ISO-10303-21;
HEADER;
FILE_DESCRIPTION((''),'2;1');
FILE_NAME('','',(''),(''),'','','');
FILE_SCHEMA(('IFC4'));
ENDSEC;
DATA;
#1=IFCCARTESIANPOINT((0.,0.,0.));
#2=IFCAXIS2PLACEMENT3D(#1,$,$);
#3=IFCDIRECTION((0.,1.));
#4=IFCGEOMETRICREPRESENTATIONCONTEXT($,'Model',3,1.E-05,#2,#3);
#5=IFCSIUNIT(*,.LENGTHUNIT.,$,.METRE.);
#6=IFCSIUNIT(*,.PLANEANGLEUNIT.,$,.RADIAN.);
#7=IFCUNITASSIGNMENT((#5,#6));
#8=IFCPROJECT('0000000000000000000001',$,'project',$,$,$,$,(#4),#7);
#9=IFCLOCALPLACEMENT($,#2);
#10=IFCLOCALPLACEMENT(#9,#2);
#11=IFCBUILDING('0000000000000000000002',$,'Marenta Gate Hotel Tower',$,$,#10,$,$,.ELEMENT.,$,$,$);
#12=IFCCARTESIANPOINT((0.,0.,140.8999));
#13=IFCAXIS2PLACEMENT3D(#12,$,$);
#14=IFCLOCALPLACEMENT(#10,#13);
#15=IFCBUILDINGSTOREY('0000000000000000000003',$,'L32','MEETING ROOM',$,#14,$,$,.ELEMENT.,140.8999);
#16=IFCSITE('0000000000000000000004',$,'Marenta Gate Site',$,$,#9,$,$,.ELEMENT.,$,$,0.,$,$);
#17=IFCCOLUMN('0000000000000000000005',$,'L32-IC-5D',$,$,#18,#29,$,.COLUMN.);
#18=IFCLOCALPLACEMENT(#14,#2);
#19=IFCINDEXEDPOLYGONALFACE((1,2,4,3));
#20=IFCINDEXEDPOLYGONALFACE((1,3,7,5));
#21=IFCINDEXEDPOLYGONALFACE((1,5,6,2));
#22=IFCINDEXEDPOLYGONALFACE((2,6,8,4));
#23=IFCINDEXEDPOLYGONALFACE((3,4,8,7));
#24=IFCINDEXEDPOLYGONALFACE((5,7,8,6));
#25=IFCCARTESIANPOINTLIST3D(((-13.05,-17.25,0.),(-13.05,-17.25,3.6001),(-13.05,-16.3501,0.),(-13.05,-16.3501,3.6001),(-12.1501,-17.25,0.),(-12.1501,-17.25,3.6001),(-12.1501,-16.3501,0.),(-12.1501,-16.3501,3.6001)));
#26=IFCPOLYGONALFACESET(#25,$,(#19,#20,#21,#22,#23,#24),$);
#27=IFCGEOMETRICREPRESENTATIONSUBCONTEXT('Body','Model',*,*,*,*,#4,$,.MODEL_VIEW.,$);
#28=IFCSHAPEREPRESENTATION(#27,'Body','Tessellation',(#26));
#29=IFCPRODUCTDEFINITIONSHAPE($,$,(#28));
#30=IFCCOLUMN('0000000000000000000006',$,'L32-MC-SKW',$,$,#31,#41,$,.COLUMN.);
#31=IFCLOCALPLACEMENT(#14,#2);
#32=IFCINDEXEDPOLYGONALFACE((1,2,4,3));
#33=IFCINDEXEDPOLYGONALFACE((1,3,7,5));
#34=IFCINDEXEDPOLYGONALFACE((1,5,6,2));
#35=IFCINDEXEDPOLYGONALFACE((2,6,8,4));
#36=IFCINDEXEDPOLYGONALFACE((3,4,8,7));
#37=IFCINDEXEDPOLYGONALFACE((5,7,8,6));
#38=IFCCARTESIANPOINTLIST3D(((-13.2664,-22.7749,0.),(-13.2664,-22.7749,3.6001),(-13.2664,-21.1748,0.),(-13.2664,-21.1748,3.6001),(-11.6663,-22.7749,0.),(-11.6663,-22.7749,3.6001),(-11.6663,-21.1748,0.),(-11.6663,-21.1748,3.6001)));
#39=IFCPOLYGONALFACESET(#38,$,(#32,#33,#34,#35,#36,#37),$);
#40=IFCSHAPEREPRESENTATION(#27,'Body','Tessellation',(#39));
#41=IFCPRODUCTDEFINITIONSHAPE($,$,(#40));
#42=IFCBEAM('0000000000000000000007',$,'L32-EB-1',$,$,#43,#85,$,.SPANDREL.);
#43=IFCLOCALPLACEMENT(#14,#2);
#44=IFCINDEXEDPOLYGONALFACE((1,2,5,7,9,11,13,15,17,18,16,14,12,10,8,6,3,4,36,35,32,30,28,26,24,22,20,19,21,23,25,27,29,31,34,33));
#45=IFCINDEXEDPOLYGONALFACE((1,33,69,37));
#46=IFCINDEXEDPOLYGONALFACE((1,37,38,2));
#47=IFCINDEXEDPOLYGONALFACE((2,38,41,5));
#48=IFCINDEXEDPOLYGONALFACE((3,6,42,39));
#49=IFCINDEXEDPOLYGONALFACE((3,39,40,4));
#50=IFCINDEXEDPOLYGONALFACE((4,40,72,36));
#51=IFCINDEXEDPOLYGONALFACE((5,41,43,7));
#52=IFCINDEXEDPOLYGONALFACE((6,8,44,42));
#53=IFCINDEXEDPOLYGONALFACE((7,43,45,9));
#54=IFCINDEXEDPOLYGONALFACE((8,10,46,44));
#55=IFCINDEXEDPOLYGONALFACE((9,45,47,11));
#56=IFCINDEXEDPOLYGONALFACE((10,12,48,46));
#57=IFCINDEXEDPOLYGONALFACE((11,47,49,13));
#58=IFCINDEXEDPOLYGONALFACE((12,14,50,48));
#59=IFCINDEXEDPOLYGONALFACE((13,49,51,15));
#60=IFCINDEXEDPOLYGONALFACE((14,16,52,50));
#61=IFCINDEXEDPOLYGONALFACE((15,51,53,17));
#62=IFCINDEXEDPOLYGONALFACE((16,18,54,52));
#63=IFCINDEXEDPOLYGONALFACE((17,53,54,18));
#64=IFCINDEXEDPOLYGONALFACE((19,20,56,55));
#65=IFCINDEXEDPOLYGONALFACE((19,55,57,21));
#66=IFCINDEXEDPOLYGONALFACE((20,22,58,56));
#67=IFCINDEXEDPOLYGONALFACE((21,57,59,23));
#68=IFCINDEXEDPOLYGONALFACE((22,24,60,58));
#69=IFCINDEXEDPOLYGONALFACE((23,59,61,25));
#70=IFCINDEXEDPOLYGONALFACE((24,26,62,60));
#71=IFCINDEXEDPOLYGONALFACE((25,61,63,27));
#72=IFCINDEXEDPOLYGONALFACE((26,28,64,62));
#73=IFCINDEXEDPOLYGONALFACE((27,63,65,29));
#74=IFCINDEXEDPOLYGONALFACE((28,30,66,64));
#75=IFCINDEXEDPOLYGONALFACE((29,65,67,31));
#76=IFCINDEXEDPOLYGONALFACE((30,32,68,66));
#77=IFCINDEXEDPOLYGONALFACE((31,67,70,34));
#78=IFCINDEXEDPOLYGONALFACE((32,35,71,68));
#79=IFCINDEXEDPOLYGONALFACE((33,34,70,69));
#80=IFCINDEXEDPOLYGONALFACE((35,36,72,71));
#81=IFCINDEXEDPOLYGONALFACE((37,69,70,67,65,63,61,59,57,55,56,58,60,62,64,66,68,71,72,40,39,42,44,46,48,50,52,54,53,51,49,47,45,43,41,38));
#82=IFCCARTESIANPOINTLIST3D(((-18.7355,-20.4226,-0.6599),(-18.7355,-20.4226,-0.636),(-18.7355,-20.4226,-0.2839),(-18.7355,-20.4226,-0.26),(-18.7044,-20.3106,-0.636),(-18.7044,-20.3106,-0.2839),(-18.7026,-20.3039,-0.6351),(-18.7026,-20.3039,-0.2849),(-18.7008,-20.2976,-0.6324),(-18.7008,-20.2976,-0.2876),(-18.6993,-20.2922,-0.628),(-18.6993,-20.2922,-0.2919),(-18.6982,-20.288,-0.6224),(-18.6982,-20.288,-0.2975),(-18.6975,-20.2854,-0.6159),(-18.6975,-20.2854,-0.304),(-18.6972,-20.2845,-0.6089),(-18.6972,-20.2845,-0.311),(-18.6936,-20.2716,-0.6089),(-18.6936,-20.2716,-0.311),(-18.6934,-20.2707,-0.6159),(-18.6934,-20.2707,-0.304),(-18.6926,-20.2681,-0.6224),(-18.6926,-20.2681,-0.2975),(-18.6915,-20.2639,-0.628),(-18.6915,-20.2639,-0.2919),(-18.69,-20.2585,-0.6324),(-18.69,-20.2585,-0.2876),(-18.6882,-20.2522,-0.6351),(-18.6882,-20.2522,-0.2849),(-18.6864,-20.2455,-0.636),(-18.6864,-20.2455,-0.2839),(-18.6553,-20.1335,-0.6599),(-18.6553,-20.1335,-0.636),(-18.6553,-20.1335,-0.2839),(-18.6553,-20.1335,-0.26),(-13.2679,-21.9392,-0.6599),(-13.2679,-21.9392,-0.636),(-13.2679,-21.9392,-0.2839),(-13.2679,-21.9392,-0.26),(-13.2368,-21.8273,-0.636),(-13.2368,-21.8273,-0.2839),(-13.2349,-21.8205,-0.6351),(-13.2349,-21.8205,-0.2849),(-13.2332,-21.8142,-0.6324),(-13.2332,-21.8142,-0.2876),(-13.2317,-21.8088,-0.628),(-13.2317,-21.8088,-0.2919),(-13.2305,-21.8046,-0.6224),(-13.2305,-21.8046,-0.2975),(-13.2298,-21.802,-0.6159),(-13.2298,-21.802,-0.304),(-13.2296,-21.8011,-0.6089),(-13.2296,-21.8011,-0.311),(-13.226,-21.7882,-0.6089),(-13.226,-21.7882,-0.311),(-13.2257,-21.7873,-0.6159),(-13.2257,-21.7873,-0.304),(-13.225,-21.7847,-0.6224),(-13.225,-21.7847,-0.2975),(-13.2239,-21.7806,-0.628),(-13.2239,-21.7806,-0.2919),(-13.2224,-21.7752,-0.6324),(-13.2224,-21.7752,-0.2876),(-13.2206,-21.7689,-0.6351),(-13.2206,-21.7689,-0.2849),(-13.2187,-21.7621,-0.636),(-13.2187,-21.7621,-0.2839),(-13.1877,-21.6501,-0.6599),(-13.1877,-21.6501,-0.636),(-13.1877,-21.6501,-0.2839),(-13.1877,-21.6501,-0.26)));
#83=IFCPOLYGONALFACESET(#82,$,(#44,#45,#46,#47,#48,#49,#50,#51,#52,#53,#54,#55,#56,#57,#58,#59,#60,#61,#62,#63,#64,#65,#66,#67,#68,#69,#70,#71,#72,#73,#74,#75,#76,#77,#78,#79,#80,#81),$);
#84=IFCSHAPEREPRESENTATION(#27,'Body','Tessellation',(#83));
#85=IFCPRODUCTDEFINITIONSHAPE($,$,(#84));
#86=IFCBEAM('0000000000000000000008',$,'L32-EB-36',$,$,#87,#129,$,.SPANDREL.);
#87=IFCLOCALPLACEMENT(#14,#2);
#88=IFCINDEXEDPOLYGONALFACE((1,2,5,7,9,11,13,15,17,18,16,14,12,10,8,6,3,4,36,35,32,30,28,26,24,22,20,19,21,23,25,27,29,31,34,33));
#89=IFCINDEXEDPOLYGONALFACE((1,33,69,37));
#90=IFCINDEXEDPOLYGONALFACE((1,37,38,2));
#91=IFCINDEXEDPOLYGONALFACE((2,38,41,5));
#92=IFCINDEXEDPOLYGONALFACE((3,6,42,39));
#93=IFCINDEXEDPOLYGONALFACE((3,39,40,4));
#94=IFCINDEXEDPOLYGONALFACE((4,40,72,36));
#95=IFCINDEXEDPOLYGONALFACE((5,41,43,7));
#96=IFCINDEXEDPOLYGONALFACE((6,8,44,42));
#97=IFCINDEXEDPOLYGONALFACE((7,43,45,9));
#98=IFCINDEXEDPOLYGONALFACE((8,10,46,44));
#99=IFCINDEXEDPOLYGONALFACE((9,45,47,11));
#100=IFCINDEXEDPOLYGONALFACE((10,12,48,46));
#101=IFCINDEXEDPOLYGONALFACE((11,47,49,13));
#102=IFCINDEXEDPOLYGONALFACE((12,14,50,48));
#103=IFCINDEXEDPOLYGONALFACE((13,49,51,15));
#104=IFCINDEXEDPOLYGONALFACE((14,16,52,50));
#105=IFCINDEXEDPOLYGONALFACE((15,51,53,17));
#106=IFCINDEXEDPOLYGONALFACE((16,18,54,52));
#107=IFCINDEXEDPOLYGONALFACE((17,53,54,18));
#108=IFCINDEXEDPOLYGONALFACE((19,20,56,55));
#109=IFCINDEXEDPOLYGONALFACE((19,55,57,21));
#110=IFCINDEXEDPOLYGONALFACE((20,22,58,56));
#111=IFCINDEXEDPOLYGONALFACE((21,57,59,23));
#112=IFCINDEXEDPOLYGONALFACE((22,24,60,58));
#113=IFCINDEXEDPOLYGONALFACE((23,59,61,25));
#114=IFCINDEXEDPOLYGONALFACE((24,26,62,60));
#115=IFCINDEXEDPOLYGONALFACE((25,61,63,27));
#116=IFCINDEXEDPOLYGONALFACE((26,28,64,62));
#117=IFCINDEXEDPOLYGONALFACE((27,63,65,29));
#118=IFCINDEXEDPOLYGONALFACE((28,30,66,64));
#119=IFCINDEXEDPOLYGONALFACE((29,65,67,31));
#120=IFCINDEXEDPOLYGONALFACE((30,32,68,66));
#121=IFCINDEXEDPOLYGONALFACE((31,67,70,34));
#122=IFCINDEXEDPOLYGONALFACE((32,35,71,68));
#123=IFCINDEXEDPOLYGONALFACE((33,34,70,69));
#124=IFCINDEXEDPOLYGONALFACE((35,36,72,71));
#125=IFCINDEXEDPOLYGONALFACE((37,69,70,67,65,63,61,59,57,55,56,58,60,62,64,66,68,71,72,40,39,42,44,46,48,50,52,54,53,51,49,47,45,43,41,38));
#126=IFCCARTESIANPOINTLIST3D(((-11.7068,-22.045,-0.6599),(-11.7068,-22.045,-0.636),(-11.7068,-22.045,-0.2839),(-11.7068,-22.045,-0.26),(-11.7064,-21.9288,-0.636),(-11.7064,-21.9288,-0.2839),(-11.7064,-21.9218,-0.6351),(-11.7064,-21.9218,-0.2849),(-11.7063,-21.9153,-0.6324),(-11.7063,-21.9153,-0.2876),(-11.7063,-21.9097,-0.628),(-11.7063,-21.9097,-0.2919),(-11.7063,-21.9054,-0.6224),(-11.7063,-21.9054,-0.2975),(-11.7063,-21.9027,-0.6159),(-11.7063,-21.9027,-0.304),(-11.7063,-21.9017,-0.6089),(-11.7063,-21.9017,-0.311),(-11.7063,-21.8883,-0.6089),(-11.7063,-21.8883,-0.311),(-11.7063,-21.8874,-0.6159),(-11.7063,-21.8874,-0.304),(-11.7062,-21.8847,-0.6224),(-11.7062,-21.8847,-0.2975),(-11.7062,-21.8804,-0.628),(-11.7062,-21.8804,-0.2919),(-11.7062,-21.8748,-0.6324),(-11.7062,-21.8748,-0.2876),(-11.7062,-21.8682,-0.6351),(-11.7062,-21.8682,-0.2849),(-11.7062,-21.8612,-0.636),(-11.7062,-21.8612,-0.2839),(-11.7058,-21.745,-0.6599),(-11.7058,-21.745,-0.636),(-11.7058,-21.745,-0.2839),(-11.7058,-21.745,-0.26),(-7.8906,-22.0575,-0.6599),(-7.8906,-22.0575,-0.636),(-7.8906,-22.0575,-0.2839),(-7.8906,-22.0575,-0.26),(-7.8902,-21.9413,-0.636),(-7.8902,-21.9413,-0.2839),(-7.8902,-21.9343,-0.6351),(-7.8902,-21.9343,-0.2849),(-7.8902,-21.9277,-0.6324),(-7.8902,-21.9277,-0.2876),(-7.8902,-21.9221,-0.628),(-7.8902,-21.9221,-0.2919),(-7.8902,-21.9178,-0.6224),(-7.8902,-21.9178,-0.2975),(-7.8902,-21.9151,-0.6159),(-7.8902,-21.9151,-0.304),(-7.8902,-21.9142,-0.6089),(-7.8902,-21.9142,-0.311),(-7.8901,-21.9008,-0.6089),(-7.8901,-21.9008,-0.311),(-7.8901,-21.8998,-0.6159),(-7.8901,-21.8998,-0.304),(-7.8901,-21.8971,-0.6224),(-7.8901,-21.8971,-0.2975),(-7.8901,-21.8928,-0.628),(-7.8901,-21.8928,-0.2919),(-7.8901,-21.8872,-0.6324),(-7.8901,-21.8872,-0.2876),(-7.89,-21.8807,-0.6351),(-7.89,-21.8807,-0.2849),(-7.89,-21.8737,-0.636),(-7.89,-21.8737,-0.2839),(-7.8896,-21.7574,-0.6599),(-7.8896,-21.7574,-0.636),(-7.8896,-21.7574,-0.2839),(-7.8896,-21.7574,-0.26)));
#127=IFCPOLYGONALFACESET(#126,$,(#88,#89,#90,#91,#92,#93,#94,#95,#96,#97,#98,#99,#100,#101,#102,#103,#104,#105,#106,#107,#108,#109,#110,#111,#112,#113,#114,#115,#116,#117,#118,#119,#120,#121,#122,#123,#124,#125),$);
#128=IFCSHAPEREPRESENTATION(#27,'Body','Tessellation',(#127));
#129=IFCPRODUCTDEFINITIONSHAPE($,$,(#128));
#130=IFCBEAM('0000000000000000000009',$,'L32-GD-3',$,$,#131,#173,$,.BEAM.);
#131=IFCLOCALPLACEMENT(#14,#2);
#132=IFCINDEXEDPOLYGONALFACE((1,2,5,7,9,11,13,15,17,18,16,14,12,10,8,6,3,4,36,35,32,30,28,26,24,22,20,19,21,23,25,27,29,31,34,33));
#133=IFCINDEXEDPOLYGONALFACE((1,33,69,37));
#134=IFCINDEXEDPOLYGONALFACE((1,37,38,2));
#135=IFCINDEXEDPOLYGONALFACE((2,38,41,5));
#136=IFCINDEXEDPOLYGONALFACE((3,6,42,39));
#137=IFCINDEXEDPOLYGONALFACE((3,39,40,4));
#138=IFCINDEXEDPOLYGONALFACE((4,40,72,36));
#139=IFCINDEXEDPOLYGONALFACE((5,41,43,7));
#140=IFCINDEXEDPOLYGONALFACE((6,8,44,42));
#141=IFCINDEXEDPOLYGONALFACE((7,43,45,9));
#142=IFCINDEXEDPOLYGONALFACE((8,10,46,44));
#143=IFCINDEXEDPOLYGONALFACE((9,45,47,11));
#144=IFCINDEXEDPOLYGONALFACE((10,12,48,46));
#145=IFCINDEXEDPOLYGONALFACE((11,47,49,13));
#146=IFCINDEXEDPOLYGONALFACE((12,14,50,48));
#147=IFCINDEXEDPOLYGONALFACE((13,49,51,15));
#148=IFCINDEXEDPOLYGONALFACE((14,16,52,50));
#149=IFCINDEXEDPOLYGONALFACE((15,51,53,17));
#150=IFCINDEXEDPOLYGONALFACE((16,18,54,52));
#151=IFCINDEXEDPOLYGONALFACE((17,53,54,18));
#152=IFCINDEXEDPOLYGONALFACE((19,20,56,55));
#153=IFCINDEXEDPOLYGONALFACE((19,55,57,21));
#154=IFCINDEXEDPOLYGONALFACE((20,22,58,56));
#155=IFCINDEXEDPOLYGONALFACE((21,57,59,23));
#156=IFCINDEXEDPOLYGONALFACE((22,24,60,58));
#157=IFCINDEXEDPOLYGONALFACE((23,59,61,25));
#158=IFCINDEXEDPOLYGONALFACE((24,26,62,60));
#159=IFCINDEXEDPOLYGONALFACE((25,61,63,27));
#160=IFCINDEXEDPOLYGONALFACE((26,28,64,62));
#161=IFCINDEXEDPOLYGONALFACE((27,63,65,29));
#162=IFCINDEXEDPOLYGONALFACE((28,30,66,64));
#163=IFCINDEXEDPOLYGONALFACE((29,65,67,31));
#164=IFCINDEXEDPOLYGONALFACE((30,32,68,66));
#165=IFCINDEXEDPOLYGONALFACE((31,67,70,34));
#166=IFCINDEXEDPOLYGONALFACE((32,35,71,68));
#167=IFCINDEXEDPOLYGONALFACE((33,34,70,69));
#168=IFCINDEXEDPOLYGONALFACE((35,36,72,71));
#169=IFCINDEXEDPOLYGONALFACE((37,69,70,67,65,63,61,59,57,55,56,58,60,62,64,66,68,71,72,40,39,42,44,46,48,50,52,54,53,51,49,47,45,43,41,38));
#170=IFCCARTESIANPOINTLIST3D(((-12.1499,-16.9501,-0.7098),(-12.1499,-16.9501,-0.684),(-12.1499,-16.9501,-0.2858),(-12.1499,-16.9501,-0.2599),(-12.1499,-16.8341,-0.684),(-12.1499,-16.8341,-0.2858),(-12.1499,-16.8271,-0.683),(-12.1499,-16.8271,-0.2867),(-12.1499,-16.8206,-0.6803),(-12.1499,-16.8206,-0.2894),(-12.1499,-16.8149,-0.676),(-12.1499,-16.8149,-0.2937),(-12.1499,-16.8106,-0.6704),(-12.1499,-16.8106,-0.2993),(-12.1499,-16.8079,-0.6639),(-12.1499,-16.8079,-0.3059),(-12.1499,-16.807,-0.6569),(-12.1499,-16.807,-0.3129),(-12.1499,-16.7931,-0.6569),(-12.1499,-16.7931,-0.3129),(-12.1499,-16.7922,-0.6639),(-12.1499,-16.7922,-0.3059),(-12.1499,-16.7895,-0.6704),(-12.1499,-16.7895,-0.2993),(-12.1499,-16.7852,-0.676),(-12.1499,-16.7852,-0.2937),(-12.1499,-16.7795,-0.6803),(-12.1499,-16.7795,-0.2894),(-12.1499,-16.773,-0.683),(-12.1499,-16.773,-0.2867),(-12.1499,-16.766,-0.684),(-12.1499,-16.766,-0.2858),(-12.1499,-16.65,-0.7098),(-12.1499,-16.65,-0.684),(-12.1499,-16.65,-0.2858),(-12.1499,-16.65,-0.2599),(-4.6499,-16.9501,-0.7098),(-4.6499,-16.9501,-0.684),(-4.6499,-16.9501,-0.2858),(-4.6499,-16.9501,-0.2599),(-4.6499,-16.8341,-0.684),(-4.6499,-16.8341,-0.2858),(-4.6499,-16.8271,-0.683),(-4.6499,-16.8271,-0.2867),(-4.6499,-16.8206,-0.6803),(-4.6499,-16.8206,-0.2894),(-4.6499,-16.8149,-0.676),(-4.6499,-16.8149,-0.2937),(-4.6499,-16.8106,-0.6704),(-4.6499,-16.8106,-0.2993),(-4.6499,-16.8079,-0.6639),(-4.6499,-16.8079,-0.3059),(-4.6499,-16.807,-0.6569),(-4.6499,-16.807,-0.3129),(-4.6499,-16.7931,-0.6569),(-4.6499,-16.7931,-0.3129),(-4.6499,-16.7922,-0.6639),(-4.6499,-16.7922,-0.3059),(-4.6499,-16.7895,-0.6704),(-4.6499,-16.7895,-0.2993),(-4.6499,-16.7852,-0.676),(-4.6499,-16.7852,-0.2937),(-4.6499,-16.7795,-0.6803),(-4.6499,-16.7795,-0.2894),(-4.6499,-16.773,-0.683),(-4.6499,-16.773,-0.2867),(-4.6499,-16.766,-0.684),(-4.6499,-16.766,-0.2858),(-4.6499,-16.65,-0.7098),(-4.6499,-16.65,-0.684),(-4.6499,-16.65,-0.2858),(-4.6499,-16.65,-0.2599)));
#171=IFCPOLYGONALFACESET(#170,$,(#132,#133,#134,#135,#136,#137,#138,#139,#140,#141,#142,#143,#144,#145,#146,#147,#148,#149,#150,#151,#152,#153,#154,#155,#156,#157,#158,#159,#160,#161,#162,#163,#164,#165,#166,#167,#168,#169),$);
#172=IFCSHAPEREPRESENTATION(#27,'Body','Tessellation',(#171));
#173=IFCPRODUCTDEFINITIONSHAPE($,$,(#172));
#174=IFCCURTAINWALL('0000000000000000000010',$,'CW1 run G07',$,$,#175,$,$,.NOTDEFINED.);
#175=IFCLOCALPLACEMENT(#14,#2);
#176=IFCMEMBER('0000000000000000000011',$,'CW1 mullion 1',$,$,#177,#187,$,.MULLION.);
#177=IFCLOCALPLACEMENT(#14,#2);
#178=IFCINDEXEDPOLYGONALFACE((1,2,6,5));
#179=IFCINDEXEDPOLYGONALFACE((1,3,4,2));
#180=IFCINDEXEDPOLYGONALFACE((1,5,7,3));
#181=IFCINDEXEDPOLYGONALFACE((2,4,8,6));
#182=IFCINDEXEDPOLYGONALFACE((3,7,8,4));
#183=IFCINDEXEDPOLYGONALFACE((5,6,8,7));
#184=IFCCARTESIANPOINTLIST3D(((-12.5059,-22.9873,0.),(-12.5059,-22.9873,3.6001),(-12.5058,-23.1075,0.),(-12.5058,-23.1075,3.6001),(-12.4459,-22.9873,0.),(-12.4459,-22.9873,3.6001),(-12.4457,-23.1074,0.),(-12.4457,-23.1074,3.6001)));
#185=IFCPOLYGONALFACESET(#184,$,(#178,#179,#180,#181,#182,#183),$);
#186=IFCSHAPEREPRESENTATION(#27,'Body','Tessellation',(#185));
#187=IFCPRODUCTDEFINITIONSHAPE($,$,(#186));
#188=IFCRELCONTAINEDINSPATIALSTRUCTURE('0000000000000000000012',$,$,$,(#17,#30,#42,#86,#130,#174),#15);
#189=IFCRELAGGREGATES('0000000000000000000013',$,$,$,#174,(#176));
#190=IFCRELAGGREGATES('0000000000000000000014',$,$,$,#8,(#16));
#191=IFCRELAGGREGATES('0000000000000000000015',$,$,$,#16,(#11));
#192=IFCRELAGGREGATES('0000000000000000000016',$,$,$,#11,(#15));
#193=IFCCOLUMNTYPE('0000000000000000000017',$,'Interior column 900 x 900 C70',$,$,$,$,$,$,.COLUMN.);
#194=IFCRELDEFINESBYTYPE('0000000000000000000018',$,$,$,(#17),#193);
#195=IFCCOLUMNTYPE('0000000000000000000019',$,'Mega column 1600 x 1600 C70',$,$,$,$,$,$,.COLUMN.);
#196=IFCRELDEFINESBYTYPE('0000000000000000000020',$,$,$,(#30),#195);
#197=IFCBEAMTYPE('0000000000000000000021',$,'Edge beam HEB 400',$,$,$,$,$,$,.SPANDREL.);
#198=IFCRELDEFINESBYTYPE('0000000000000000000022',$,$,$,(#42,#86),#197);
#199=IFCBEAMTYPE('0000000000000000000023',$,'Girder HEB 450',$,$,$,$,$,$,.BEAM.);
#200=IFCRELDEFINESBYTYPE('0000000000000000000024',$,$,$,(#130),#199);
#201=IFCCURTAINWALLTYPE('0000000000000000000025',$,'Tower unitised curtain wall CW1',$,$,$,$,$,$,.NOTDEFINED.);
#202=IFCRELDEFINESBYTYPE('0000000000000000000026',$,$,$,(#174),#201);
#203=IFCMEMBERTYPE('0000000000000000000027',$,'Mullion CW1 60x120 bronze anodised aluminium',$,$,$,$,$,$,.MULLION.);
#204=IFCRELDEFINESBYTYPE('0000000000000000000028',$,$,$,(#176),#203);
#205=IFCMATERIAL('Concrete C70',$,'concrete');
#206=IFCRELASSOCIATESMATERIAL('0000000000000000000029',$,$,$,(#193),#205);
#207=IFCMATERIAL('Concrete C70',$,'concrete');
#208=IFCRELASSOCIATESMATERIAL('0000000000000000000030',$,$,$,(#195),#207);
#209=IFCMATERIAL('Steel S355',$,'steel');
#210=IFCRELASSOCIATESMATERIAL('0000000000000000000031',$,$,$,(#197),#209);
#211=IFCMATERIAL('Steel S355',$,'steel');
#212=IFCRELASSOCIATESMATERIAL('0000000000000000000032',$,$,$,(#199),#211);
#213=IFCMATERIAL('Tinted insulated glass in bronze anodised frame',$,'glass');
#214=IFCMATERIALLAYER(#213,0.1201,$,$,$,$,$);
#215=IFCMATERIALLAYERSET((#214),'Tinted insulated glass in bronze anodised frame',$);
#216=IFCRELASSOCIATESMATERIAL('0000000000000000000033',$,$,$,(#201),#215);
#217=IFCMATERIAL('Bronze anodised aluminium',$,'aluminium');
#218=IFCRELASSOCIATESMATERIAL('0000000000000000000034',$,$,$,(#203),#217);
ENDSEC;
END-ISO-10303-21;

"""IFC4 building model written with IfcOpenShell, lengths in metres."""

from ifc_helpers import new_model, si_unit, direction, frame, origin, origin_2d, place, context, subcontext, project, spatial, rectangle, i_section, extrude, material, layer, layer_set, material_profile, profile_set, type_object, element, aggregate, save


model = new_model("IFC4")

# Units and contexts
model_context = context("Model", 3, precision=1e-05, world=origin(), true_north=direction((0.0, 1.0)))
body_context = subcontext(model_context, "Body", "Model", "MODEL_VIEW")
ifc_project = project(units=[si_unit("LENGTHUNIT", "METRE"), si_unit("PLANEANGLEUNIT", "RADIAN")], contexts=[model_context])

# Site, building, storey
site_placement = place(None, origin())
site = spatial("IfcSite", under=ifc_project, at=site_placement, Name="Marenta Gate Site", CompositionType="ELEMENT", RefElevation=0.0)
building_placement = place(site_placement, origin())
building = spatial("IfcBuilding", under=site, at=building_placement, Name="Marenta Gate Hotel Tower", CompositionType="ELEMENT")
storey_placement = place(building_placement, frame((0.0, 0.0, 140.8999)))
storey = spatial("IfcBuildingStorey", under=building, at=storey_placement, Name="L32", Description="MEETING ROOM", CompositionType="ELEMENT", Elevation=140.8999)

# Columns
ifc_material_1 = material(Name="Concrete C70", Category="concrete")
ifc_material_profile_1 = material_profile(ifc_material_1, rectangle(XDim=0.8999, YDim=0.8999, at=origin_2d()), Name="900 x 900")
ifc_profile_set_1 = profile_set([ifc_material_profile_1], Name="Concrete C70")
column_type_1 = type_object("IfcColumnType", Name="Interior column 900 x 900 C70", PredefinedType="COLUMN", material=ifc_profile_set_1)
column_1_placement = place(storey_placement, frame((-12.6001, -16.8, 0.0), z_axis=(0.0, 0.0, 1.0), x_axis=(1.0, 0.0, 0.0)))
element("IfcColumn", 1, at=column_1_placement, inside=storey, type_object=column_type_1, Name="L32-IC-5D", PredefinedType="COLUMN", context=body_context, shape_type="SweptSolid", body=[
    extrude(rectangle(XDim=0.8999, YDim=0.8999, at=origin_2d()), origin(), (0.0, 0.0, 1.0), 3.6001),
])
ifc_material_2 = material(Name="Concrete C70", Category="concrete")
ifc_material_profile_2 = material_profile(ifc_material_2, rectangle(XDim=1.6001, YDim=1.6001, at=origin_2d()), Name="1600 x 1600")
ifc_profile_set_2 = profile_set([ifc_material_profile_2], Name="Concrete C70")
column_type_2 = type_object("IfcColumnType", Name="Mega column 1600 x 1600 C70", PredefinedType="COLUMN", material=ifc_profile_set_2)
column_2_placement = place(storey_placement, frame((-12.4663, -21.9749, 0.0), z_axis=(0.0, 0.0, 1.0), x_axis=(1.0, 0.0, 0.0)))
element("IfcColumn", 2, at=column_2_placement, inside=storey, type_object=column_type_2, Name="L32-MC-SKW", PredefinedType="COLUMN", context=body_context, shape_type="SweptSolid", body=[
    extrude(rectangle(XDim=1.6001, YDim=1.6001, at=origin_2d()), origin(), (0.0, 0.0, 1.0), 3.6001),
])

# Beams
ifc_material_3 = material(Name="Steel S355", Category="steel")
ifc_material_profile_3 = material_profile(ifc_material_3, i_section(OverallWidth=0.3, OverallDepth=0.3999, WebThickness=0.0134, FlangeThickness=0.0239, FilletRadius=0.0271, at=origin_2d()), Name="HEB 400")
ifc_profile_set_3 = profile_set([ifc_material_profile_3], Name="Steel S355")
beam_type_1 = type_object("IfcBeamType", Name="Edge beam HEB 400", PredefinedType="SPANDREL", material=ifc_profile_set_3)
beam_1_placement = place(storey_placement, frame((-13.2278, -21.7947, -0.46), z_axis=(-0.963616, 0.267291, 0.0), x_axis=(-0.267291, -0.963616, 0.0)))
element("IfcBeam", 3, at=beam_1_placement, inside=storey, type_object=beam_type_1, Name="L32-EB-1", PredefinedType="SPANDREL", context=body_context, shape_type="SweptSolid", body=[
    extrude(i_section(OverallWidth=0.3, OverallDepth=0.3999, WebThickness=0.0134, FlangeThickness=0.0239, FilletRadius=0.0271, at=origin_2d()), origin(), (0.0, 0.0, 1.0), 5.6741),
])
beam_2_placement = place(storey_placement, frame((-7.8901, -21.9075, -0.46), z_axis=(-0.999995, 0.003263, 0.0), x_axis=(-0.003263, -0.999995, 0.0)))
element("IfcBeam", 4, at=beam_2_placement, inside=storey, type_object=beam_type_1, Name="L32-EB-36", PredefinedType="SPANDREL", context=body_context, shape_type="SweptSolid", body=[
    extrude(i_section(OverallWidth=0.3, OverallDepth=0.3999, WebThickness=0.0134, FlangeThickness=0.0239, FilletRadius=0.0271, at=origin_2d()), origin(), (0.0, 0.0, 1.0), 3.8162),
])
ifc_material_4 = material(Name="Steel S355", Category="steel")
ifc_material_profile_4 = material_profile(ifc_material_4, i_section(OverallWidth=0.3, OverallDepth=0.45, WebThickness=0.0139, FlangeThickness=0.0259, FilletRadius=0.0271, at=origin_2d()), Name="HEB 450")
ifc_profile_set_4 = profile_set([ifc_material_profile_4], Name="Steel S355")
beam_type_2 = type_object("IfcBeamType", Name="Girder HEB 450", PredefinedType="BEAM", material=ifc_profile_set_4)
beam_3_placement = place(storey_placement, frame((-12.1499, -16.8, -0.4849), z_axis=(1.0, 0.0, 0.0), x_axis=(0.0, 1.0, 0.0)))
element("IfcBeam", 5, at=beam_3_placement, inside=storey, type_object=beam_type_2, Name="L32-GD-3", PredefinedType="BEAM", context=body_context, shape_type="SweptSolid", body=[
    extrude(i_section(OverallWidth=0.3, OverallDepth=0.45, WebThickness=0.0139, FlangeThickness=0.0259, FilletRadius=0.0271, at=origin_2d()), origin(), (0.0, 0.0, 1.0), 7.5),
])

# Curtain wall, member
ifc_material_5 = material(Name="Tinted insulated glass in bronze anodised frame", Category="glass")
ifc_layer_1 = layer(ifc_material_5, 0.1201)
ifc_layer_set_1 = layer_set([ifc_layer_1], Name="Tinted insulated glass in bronze anodised frame")
curtain_wall_type = type_object("IfcCurtainWallType", Name="Tower unitised curtain wall CW1", PredefinedType="NOTDEFINED", material=ifc_layer_set_1)
curtain_wall_1_placement = place(storey_placement, origin())
curtain_wall_1 = element("IfcCurtainWall", 6, at=curtain_wall_1_placement, inside=storey, type_object=curtain_wall_type, Name="CW1 run G07", PredefinedType="NOTDEFINED")
ifc_material_6 = material(Name="Bronze anodised aluminium", Category="aluminium")
ifc_material_profile_5 = material_profile(ifc_material_6, rectangle(XDim=0.1201, YDim=0.0601, at=origin_2d()), Name="Mullion CW1 60x120 bronze anodised aluminium")
ifc_profile_set_5 = profile_set([ifc_material_profile_5], Name="Bronze anodised aluminium")
member_type_1 = type_object("IfcMemberType", Name="Mullion CW1 60x120 bronze anodised aluminium", PredefinedType="MULLION", material=ifc_profile_set_5)
member_1_placement = place(storey_placement, frame((-12.4758, -23.0474, 0.0), z_axis=(0.0, 0.0, 1.0), x_axis=(-0.001362, 0.999999, 0.0)))
member_1 = element("IfcMember", 7, at=member_1_placement, type_object=member_type_1, Name="CW1 mullion 1", PredefinedType="MULLION", context=body_context, shape_type="SweptSolid", body=[
    extrude(rectangle(XDim=0.1201, YDim=0.0601, at=origin_2d()), origin(), (0.0, 0.0, 1.0), 3.6001),
])

aggregate(curtain_wall_1, [member_1])

save(model, "model.ifc")
